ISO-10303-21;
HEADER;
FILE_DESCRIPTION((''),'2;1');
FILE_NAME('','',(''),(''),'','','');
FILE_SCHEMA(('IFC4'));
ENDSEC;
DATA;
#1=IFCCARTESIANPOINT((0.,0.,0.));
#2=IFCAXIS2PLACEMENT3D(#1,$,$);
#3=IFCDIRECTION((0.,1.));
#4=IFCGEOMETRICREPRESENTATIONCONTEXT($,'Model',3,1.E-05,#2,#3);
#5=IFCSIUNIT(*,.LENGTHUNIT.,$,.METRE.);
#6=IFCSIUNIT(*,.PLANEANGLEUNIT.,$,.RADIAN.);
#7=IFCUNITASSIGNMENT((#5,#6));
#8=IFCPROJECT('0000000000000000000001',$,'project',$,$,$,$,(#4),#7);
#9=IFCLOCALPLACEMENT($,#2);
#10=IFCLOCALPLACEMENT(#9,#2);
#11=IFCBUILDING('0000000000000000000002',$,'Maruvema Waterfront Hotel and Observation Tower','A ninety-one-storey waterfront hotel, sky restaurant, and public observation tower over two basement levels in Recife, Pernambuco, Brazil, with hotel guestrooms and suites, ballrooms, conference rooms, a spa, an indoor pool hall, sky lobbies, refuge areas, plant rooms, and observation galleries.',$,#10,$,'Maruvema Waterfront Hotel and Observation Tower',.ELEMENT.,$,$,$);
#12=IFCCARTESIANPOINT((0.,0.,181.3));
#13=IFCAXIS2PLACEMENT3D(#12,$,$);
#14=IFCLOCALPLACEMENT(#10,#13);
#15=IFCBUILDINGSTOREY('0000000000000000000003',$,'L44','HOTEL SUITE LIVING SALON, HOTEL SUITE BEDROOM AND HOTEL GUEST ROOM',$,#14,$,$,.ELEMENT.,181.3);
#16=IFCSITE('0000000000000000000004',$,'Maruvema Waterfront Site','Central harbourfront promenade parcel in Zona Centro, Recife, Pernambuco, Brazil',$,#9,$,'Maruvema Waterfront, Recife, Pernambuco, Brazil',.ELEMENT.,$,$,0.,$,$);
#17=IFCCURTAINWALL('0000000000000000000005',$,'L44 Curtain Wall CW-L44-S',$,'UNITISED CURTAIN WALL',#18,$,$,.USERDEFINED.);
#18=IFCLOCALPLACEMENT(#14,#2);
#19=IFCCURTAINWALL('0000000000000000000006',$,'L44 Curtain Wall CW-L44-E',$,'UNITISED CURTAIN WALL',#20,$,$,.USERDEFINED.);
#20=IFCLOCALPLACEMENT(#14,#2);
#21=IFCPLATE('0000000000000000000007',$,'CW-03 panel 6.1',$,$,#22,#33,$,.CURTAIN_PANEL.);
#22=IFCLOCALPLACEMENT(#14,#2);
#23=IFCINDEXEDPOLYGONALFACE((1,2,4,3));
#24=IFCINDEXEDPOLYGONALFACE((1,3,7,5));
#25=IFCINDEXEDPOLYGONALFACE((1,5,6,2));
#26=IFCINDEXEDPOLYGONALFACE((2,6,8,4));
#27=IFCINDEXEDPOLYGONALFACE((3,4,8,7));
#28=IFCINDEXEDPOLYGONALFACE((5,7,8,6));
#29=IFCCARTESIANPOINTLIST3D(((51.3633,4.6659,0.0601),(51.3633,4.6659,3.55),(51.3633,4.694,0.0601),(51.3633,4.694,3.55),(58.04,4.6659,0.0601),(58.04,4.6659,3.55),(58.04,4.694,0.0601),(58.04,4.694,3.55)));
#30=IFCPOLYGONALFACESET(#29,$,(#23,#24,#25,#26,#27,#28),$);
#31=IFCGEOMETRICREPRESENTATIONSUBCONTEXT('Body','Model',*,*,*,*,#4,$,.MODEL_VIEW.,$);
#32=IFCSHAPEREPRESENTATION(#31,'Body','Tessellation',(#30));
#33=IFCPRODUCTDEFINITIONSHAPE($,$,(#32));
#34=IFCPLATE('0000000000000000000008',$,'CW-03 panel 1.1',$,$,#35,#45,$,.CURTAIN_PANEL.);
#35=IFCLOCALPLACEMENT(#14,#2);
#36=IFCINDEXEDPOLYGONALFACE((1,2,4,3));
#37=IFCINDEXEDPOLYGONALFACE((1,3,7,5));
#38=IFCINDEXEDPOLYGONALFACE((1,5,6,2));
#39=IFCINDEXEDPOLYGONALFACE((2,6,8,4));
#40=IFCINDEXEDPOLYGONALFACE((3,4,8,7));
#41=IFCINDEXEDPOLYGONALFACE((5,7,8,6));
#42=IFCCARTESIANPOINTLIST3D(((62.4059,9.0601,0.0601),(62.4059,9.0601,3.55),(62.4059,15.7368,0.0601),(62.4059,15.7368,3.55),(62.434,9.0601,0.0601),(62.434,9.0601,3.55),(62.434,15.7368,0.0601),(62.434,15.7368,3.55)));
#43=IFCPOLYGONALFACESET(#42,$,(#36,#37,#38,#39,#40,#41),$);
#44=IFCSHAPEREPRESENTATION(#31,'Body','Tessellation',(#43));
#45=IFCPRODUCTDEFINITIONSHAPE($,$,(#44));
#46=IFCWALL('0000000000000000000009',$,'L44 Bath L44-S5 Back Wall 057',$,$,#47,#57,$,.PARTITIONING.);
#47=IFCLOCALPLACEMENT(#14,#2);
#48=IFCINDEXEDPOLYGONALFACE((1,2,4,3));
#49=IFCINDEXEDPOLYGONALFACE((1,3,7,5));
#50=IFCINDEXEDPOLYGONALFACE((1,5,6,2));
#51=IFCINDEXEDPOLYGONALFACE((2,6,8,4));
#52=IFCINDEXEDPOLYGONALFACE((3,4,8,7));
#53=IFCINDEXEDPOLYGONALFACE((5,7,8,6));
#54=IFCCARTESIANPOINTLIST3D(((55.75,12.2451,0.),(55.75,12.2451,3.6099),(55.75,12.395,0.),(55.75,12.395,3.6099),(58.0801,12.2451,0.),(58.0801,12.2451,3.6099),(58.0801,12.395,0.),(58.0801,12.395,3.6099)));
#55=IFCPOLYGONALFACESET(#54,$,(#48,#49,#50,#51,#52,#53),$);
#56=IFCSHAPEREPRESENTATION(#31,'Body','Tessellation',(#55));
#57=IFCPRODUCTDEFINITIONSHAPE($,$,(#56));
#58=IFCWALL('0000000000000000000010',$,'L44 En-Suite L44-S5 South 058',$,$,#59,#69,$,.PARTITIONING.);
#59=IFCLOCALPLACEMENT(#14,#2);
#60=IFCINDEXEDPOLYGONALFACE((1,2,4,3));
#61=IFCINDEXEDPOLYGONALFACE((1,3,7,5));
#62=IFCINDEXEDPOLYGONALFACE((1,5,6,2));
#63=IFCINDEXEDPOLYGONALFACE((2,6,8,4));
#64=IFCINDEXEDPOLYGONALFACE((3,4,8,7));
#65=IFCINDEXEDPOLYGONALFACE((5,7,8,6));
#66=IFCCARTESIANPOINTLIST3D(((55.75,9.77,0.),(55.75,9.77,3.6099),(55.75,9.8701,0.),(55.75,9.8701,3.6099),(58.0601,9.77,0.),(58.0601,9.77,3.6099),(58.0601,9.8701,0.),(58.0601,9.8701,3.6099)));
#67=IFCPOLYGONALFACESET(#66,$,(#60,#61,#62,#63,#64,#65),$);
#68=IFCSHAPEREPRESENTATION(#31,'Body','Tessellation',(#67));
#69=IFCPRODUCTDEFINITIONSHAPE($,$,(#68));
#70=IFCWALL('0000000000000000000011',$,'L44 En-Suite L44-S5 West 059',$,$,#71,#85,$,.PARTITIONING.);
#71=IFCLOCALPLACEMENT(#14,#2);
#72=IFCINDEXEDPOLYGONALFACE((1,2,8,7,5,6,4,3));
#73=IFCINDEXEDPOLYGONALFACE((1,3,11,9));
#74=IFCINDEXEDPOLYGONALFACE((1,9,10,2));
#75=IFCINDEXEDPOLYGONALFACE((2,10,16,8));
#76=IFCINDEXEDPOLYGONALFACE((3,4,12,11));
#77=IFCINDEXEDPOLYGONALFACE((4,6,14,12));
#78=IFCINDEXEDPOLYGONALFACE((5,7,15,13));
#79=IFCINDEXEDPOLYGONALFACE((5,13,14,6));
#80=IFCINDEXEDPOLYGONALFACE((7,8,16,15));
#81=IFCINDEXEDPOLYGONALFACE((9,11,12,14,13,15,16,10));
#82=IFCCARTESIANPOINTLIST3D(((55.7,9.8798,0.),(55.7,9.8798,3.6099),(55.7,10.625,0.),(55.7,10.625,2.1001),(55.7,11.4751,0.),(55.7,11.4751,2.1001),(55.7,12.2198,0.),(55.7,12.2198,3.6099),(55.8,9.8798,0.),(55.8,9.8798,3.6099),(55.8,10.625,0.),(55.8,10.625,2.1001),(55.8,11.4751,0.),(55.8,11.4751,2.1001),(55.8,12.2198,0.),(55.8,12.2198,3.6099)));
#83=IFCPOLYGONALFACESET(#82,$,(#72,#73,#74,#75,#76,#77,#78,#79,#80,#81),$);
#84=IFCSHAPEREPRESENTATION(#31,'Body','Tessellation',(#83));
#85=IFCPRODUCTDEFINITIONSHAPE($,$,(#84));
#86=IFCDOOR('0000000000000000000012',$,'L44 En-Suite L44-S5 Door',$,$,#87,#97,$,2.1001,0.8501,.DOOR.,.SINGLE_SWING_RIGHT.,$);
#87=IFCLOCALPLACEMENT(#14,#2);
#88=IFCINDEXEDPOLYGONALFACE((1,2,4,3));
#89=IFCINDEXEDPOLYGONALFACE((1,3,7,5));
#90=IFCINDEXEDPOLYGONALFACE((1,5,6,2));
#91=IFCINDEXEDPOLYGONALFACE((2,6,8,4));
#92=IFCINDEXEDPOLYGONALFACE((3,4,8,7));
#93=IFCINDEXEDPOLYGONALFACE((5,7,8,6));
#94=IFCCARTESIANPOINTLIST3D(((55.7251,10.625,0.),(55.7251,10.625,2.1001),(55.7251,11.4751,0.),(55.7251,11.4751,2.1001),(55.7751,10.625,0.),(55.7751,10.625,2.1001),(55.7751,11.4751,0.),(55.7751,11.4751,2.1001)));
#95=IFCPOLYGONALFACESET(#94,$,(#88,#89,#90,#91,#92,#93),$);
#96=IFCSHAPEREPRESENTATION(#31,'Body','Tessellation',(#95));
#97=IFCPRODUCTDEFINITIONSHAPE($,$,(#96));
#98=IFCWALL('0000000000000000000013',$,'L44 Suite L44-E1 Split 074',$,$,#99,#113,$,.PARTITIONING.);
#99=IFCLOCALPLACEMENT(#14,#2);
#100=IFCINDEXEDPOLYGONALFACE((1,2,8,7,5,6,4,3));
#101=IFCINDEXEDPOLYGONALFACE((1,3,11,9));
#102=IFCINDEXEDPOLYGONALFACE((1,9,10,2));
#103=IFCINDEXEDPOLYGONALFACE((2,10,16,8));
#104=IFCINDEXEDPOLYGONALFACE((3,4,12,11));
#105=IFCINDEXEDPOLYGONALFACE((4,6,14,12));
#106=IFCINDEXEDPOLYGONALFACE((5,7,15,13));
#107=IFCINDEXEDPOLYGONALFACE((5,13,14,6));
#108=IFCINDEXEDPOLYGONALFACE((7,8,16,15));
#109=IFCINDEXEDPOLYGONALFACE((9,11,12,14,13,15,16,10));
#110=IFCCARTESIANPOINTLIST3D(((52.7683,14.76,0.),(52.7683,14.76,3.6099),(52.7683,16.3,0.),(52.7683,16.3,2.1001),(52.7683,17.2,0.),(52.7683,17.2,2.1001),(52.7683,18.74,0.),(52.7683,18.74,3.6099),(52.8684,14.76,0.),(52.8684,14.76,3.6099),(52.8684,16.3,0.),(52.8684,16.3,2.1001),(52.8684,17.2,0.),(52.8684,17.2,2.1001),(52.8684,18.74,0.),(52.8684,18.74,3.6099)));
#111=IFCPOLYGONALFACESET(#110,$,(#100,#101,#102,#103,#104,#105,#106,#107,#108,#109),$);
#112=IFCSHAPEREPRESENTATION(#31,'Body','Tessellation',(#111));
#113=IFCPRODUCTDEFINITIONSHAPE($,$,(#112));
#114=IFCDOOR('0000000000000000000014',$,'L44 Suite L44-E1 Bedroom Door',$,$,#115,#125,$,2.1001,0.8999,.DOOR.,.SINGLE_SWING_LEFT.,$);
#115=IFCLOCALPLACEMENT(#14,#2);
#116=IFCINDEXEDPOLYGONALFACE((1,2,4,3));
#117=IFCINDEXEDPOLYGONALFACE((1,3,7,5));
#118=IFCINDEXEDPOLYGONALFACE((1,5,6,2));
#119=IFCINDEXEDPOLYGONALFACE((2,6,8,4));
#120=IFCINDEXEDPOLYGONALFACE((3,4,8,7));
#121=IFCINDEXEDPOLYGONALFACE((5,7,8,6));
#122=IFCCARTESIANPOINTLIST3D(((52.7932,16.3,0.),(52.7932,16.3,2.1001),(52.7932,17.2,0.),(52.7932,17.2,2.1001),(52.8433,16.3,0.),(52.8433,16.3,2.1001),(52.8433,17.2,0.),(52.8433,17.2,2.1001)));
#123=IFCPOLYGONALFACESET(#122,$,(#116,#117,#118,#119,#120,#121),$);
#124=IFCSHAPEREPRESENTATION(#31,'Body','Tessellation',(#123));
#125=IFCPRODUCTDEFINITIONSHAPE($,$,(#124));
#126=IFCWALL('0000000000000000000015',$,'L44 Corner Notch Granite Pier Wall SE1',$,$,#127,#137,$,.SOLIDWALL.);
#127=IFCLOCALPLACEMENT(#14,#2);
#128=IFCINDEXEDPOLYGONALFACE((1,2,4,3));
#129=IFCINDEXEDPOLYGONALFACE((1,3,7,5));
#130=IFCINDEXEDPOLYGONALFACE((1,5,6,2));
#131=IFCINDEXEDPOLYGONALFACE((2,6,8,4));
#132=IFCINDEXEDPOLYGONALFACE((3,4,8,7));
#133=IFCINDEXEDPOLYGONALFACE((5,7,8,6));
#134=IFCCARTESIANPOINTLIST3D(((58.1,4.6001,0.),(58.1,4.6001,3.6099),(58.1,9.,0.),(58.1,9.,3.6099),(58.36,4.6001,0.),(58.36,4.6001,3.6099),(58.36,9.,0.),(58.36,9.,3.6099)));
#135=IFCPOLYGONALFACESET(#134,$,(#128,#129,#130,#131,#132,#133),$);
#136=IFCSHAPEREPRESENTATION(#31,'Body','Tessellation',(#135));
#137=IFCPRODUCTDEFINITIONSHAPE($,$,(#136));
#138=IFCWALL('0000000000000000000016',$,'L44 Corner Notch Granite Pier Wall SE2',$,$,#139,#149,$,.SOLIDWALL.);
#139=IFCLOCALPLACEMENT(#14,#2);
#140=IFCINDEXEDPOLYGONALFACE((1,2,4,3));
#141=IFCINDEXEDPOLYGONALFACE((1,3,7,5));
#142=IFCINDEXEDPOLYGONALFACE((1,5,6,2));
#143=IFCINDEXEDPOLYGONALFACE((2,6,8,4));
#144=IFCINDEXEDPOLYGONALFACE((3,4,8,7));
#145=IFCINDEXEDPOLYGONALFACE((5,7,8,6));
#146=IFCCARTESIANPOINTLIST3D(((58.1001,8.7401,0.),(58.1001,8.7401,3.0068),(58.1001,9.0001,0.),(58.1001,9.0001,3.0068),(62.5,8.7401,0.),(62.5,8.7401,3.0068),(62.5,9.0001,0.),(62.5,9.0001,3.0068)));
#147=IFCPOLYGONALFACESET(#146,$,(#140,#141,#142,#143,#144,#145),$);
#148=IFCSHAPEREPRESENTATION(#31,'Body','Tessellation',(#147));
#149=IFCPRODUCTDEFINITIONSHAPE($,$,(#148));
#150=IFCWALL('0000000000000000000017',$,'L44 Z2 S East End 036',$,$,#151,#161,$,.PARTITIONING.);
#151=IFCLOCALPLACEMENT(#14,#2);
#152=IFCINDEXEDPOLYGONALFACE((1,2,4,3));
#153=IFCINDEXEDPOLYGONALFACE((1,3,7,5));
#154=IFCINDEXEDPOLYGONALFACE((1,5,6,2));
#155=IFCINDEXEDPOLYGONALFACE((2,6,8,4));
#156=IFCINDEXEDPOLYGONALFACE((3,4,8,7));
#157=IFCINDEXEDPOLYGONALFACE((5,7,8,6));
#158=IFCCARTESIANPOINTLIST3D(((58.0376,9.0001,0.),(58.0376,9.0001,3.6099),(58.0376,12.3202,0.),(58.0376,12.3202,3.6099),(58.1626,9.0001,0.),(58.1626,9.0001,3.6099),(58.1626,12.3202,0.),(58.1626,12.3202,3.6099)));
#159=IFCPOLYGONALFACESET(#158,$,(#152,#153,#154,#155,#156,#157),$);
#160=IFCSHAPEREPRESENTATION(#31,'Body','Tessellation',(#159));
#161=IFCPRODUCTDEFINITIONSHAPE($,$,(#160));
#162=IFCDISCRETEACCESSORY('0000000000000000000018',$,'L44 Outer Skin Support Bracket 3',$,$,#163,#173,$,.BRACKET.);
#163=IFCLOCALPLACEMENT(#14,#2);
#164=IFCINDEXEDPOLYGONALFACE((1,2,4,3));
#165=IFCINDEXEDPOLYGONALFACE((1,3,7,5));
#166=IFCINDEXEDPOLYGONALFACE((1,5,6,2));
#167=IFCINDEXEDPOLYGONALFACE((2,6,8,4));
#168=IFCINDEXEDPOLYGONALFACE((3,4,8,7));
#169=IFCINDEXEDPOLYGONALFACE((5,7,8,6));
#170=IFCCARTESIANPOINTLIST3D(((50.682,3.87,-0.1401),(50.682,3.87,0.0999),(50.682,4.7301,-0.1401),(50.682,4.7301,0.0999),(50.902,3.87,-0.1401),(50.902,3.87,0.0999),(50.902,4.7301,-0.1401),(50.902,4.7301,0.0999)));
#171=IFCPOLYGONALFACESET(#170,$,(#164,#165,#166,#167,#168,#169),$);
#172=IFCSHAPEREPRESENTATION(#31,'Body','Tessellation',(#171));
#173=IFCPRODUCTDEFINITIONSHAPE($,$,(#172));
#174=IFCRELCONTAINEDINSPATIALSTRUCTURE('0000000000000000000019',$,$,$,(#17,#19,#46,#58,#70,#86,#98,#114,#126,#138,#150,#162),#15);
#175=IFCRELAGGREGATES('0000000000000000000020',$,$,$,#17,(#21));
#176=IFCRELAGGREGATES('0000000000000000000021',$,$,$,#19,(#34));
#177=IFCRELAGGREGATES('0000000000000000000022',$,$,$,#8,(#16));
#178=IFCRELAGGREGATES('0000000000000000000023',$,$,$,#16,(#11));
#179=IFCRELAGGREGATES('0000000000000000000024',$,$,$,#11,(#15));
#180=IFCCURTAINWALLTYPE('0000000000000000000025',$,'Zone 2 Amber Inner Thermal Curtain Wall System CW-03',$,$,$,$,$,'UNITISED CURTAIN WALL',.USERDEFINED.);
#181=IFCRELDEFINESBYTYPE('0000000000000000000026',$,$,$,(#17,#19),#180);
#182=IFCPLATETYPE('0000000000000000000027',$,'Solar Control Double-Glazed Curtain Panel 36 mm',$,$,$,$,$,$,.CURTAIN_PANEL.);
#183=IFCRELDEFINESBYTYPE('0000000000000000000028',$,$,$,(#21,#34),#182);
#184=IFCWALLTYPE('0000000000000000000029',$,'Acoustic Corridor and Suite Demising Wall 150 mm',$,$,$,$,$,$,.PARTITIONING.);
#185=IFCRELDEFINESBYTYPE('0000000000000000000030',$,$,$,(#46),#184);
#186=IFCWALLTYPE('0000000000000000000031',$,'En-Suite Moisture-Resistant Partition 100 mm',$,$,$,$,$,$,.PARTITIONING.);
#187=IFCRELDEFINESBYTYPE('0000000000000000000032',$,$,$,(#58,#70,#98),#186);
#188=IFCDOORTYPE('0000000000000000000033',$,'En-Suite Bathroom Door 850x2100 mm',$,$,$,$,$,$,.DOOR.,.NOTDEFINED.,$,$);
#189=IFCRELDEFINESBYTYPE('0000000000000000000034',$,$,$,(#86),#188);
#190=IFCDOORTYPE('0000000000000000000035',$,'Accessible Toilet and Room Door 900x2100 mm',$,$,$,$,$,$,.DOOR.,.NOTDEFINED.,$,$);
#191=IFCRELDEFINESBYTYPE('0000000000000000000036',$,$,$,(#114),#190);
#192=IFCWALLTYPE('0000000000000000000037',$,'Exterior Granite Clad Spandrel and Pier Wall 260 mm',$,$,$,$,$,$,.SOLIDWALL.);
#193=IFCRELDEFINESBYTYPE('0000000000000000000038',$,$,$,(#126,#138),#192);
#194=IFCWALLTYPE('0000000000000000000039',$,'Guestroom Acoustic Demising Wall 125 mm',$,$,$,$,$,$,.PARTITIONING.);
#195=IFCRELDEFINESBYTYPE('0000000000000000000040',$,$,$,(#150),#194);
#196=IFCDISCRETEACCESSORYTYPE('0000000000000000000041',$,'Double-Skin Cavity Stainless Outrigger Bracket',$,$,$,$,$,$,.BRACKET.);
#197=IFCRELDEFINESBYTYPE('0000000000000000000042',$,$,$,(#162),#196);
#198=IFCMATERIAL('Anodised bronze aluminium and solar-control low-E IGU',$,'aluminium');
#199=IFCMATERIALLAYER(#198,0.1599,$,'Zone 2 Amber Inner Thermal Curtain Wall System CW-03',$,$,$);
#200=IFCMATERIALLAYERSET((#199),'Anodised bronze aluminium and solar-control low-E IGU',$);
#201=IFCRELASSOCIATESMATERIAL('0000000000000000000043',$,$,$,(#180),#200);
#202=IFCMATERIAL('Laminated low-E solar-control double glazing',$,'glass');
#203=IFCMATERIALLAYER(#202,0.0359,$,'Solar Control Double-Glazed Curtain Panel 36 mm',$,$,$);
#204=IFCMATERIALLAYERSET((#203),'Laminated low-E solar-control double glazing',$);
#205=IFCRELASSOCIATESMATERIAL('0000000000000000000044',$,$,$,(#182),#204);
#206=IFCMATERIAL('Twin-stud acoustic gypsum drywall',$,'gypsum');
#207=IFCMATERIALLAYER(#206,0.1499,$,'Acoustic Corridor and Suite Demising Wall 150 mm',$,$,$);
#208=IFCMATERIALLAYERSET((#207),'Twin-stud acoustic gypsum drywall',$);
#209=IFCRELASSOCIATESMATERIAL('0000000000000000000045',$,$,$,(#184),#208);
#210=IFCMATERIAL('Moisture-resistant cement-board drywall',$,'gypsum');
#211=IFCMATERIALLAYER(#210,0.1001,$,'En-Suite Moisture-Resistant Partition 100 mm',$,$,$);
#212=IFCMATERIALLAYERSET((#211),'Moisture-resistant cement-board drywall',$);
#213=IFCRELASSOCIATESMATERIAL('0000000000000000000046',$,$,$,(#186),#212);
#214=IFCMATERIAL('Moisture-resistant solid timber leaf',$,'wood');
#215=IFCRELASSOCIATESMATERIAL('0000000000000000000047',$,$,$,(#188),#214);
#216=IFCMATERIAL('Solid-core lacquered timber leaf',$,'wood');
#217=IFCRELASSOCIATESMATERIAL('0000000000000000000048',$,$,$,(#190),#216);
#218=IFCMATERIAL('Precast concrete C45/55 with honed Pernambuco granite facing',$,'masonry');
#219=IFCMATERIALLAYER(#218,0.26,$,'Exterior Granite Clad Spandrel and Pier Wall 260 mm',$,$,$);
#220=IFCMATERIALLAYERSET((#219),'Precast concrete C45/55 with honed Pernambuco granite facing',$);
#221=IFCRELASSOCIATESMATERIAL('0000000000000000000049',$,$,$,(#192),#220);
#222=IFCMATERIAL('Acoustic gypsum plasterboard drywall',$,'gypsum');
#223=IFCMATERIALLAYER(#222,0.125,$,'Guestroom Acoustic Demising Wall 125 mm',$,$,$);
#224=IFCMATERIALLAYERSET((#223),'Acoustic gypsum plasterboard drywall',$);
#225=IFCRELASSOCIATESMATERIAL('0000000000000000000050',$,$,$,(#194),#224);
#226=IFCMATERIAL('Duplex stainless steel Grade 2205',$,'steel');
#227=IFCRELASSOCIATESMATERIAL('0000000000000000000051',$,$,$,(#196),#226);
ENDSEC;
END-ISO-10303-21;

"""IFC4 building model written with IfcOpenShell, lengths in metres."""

from ifc_helpers import new_model, si_unit, direction, frame, frame_2d, origin, origin_2d, place, context, subcontext, project, spatial, rectangle, extrude, material, layer, layer_set, type_object, element, fill, aggregate, save


model = new_model("IFC4")

# Units and contexts
model_context = context("Model", 3, precision=1e-05, world=origin(), true_north=direction((0.0, 1.0)))
body_context = subcontext(model_context, "Body", "Model", "MODEL_VIEW")
ifc_project = project(units=[si_unit("LENGTHUNIT", "METRE"), si_unit("PLANEANGLEUNIT", "RADIAN")], contexts=[model_context])

# Site, building, storey
site_placement = place(None, origin())
site = spatial("IfcSite", under=ifc_project, at=site_placement, Name="Maruvema Waterfront Site", Description="Central harbourfront promenade parcel in Zona Centro, Recife, Pernambuco, Brazil", LongName="Maruvema Waterfront, Recife, Pernambuco, Brazil", CompositionType="ELEMENT", RefElevation=0.0)
building_placement = place(site_placement, origin())
building = spatial("IfcBuilding", under=site, at=building_placement, Name="Maruvema Waterfront Hotel and Observation Tower", Description="A ninety-one-storey waterfront hotel, sky restaurant, and public observation tower over two basement levels in Recife, Pernambuco, Brazil, with hotel guestrooms and suites, ballrooms, conference rooms, a spa, an indoor pool hall, sky lobbies, refuge areas, plant rooms, and observation galleries.", LongName="Maruvema Waterfront Hotel and Observation Tower", CompositionType="ELEMENT")
storey_placement = place(building_placement, frame((0.0, 0.0, 181.3)))
storey = spatial("IfcBuildingStorey", under=building, at=storey_placement, Name="L44", Description="HOTEL SUITE LIVING SALON, HOTEL SUITE BEDROOM AND HOTEL GUEST ROOM", CompositionType="ELEMENT", Elevation=181.3)

# Curtain walls
ifc_material_1 = material(Name="Anodised bronze aluminium and solar-control low-E IGU", Category="aluminium")
ifc_layer_1 = layer(ifc_material_1, 0.1599, Name="Zone 2 Amber Inner Thermal Curtain Wall System CW-03")
ifc_layer_set_1 = layer_set([ifc_layer_1], Name="Anodised bronze aluminium and solar-control low-E IGU")
curtain_wall_type = type_object("IfcCurtainWallType", Name="Zone 2 Amber Inner Thermal Curtain Wall System CW-03", ElementType="UNITISED CURTAIN WALL", PredefinedType="USERDEFINED", material=ifc_layer_set_1)
curtain_wall_1_placement = place(storey_placement, origin())
curtain_wall_1 = element("IfcCurtainWall", 1, at=curtain_wall_1_placement, inside=storey, type_object=curtain_wall_type, Name="L44 Curtain Wall CW-L44-S", ObjectType="UNITISED CURTAIN WALL", PredefinedType="USERDEFINED")
curtain_wall_2_placement = place(storey_placement, origin())
curtain_wall_2 = element("IfcCurtainWall", 2, at=curtain_wall_2_placement, inside=storey, type_object=curtain_wall_type, Name="L44 Curtain Wall CW-L44-E", ObjectType="UNITISED CURTAIN WALL", PredefinedType="USERDEFINED")

# Plates
ifc_material_2 = material(Name="Laminated low-E solar-control double glazing", Category="glass")
ifc_layer_2 = layer(ifc_material_2, 0.0359, Name="Solar Control Double-Glazed Curtain Panel 36 mm")
ifc_layer_set_2 = layer_set([ifc_layer_2], Name="Laminated low-E solar-control double glazing")
plate_type = type_object("IfcPlateType", Name="Solar Control Double-Glazed Curtain Panel 36 mm", PredefinedType="CURTAIN_PANEL", material=ifc_layer_set_2)
plate_1_placement = place(storey_placement, frame((54.7017, 4.6799, 0.0601), z_axis=(0.0, 0.0, 1.0), x_axis=(1.0, 0.0, 0.0)))
plate_1 = element("IfcPlate", 3, at=plate_1_placement, type_object=plate_type, Name="CW-03 panel 6.1", PredefinedType="CURTAIN_PANEL", context=body_context, shape_type="SweptSolid", body=[
    extrude(rectangle(XDim=6.6768, YDim=0.0281, at=origin_2d()), origin(), (0.0, 0.0, 1.0), 3.49),
])
aggregate(curtain_wall_1, [plate_1])
plate_2_placement = place(storey_placement, frame((62.4199, 12.3984, 0.0601), z_axis=(0.0, 0.0, 1.0), x_axis=(0.0, 1.0, 0.0)))
plate_2 = element("IfcPlate", 4, at=plate_2_placement, type_object=plate_type, Name="CW-03 panel 1.1", PredefinedType="CURTAIN_PANEL", context=body_context, shape_type="SweptSolid", body=[
    extrude(rectangle(XDim=6.6768, YDim=0.0281, at=origin_2d()), origin(), (0.0, 0.0, 1.0), 3.49),
])
aggregate(curtain_wall_2, [plate_2])

# Walls
ifc_material_3 = material(Name="Twin-stud acoustic gypsum drywall", Category="gypsum")
ifc_layer_3 = layer(ifc_material_3, 0.1499, Name="Acoustic Corridor and Suite Demising Wall 150 mm")
ifc_layer_set_3 = layer_set([ifc_layer_3], Name="Twin-stud acoustic gypsum drywall")
wall_type_1 = type_object("IfcWallType", Name="Acoustic Corridor and Suite Demising Wall 150 mm", PredefinedType="PARTITIONING", material=ifc_layer_set_3)
wall_1_placement = place(storey_placement, frame((55.75, 12.3201, 0.0), z_axis=(0.0, 0.0, 1.0), x_axis=(1.0, 0.0, 0.0)))
element("IfcWall", 5, at=wall_1_placement, inside=storey, type_object=wall_type_1, Name="L44 Bath L44-S5 Back Wall 057", PredefinedType="PARTITIONING", context=body_context, shape_type="SweptSolid", body=[
    extrude(rectangle(XDim=2.3301, YDim=0.1499, at=frame_2d((1.165, 0.0))), origin(), (0.0, 0.0, 1.0), 3.6099),
])
ifc_material_4 = material(Name="Moisture-resistant cement-board drywall", Category="gypsum")
ifc_layer_4 = layer(ifc_material_4, 0.1001, Name="En-Suite Moisture-Resistant Partition 100 mm")
ifc_layer_set_4 = layer_set([ifc_layer_4], Name="Moisture-resistant cement-board drywall")
wall_type_2 = type_object("IfcWallType", Name="En-Suite Moisture-Resistant Partition 100 mm", PredefinedType="PARTITIONING", material=ifc_layer_set_4)
wall_2_placement = place(storey_placement, frame((55.75, 9.8201, 0.0), z_axis=(0.0, 0.0, 1.0), x_axis=(1.0, 0.0, 0.0)))
element("IfcWall", 6, at=wall_2_placement, inside=storey, type_object=wall_type_2, Name="L44 En-Suite L44-S5 South 058", PredefinedType="PARTITIONING", context=body_context, shape_type="SweptSolid", body=[
    extrude(rectangle(XDim=2.3101, YDim=0.1001, at=frame_2d((1.155, 0.0))), origin(), (0.0, 0.0, 1.0), 3.6099),
])

# Walls, openings, doors
wall_3_placement = place(storey_placement, frame((55.75, 9.8799, 0.0), z_axis=(0.0, 0.0, 1.0), x_axis=(0.0, 1.0, 0.0)))
wall_3 = element("IfcWall", 7, at=wall_3_placement, inside=storey, type_object=wall_type_2, Name="L44 En-Suite L44-S5 West 059", PredefinedType="PARTITIONING", context=body_context, shape_type="SweptSolid", body=[
    extrude(rectangle(XDim=2.3401, YDim=0.1001, at=frame_2d((1.1699, 0.0))), origin(), (0.0, 0.0, 1.0), 3.6099),
])
opening_1_placement = place(wall_3_placement, frame((0.7451, 0.0, 0.0)))
opening_1 = element("IfcOpeningElement", 8, at=opening_1_placement, cuts=wall_3, PredefinedType="OPENING", context=body_context, shape_type="SweptSolid", body=[
    extrude(rectangle(XDim=0.8501, YDim=2.1001, at=frame_2d((0.425, 1.05))), frame((0.0, 0.0601, 0.0), z_axis=(0.0, -1.0, 0.0), x_axis=(1.0, 0.0, 0.0)), (0.0, 0.0, 1.0), 0.1201),
])
ifc_material_5 = material(Name="Moisture-resistant solid timber leaf", Category="wood")
door_type_1 = type_object("IfcDoorType", Name="En-Suite Bathroom Door 850x2100 mm", OperationType="NOTDEFINED", PredefinedType="DOOR", material=ifc_material_5)
door_1_placement = place(opening_1_placement, origin())
door_1 = element("IfcDoor", 9, at=door_1_placement, inside=storey, type_object=door_type_1, Name="L44 En-Suite L44-S5 Door", OperationType="SINGLE_SWING_RIGHT", OverallHeight=2.1001, OverallWidth=0.8501, PredefinedType="DOOR", context=body_context, shape_type="SweptSolid", body=[
    extrude(rectangle(XDim=0.8501, YDim=2.1001, at=frame_2d((0.425, 1.05))), frame((0.0, 0.0249, 0.0), z_axis=(0.0, -1.0, 0.0), x_axis=(1.0, 0.0, 0.0)), (0.0, 0.0, 1.0), 0.05),
])
fill(opening_1, door_1)
wall_4_placement = place(storey_placement, frame((52.8184, 14.76, 0.0), z_axis=(0.0, 0.0, 1.0), x_axis=(0.0, 1.0, 0.0)))
wall_4 = element("IfcWall", 10, at=wall_4_placement, inside=storey, type_object=wall_type_2, Name="L44 Suite L44-E1 Split 074", PredefinedType="PARTITIONING", context=body_context, shape_type="SweptSolid", body=[
    extrude(rectangle(XDim=3.98, YDim=0.1001, at=frame_2d((1.99, 0.0))), origin(), (0.0, 0.0, 1.0), 3.6099),
])
opening_2_placement = place(wall_4_placement, frame((1.54, 0.0, 0.0)))
opening_2 = element("IfcOpeningElement", 11, at=opening_2_placement, cuts=wall_4, PredefinedType="OPENING", context=body_context, shape_type="SweptSolid", body=[
    extrude(rectangle(XDim=0.8999, YDim=2.1001, at=frame_2d((0.45, 1.05))), frame((0.0, 0.0601, 0.0), z_axis=(0.0, -1.0, 0.0), x_axis=(1.0, 0.0, 0.0)), (0.0, 0.0, 1.0), 0.1201),
])
ifc_material_6 = material(Name="Solid-core lacquered timber leaf", Category="wood")
door_type_2 = type_object("IfcDoorType", Name="Accessible Toilet and Room Door 900x2100 mm", OperationType="NOTDEFINED", PredefinedType="DOOR", material=ifc_material_6)
door_2_placement = place(opening_2_placement, frame((0.8999, 0.0, 0.0), z_axis=(0.0, 0.0, 1.0), x_axis=(-1.0, 0.0, 0.0)))
door_2 = element("IfcDoor", 12, at=door_2_placement, inside=storey, type_object=door_type_2, Name="L44 Suite L44-E1 Bedroom Door", OperationType="SINGLE_SWING_LEFT", OverallHeight=2.1001, OverallWidth=0.8999, PredefinedType="DOOR", context=body_context, shape_type="SweptSolid", body=[
    extrude(rectangle(XDim=0.8999, YDim=2.1001, at=frame_2d((0.45, 1.05))), frame((0.0, 0.0249, 0.0), z_axis=(0.0, -1.0, 0.0), x_axis=(1.0, 0.0, 0.0)), (0.0, 0.0, 1.0), 0.05),
])
fill(opening_2, door_2)

# Walls
ifc_material_7 = material(Name="Precast concrete C45/55 with honed Pernambuco granite facing", Category="masonry")
ifc_layer_5 = layer(ifc_material_7, 0.26, Name="Exterior Granite Clad Spandrel and Pier Wall 260 mm")
ifc_layer_set_5 = layer_set([ifc_layer_5], Name="Precast concrete C45/55 with honed Pernambuco granite facing")
wall_type_3 = type_object("IfcWallType", Name="Exterior Granite Clad Spandrel and Pier Wall 260 mm", PredefinedType="SOLIDWALL", material=ifc_layer_set_5)
wall_5_placement = place(storey_placement, frame((58.23, 9.0, 0.0), z_axis=(0.0, 0.0, 1.0), x_axis=(0.0, -1.0, 0.0)))
element("IfcWall", 13, at=wall_5_placement, inside=storey, type_object=wall_type_3, Name="L44 Corner Notch Granite Pier Wall SE1", PredefinedType="SOLIDWALL", context=body_context, shape_type="SweptSolid", body=[
    extrude(rectangle(XDim=4.3999, YDim=0.26, at=frame_2d((2.2, 0.0))), origin(), (0.0, 0.0, 1.0), 3.6099),
])
wall_6_placement = place(storey_placement, frame((62.5, 8.8701, 0.0), z_axis=(0.0, 0.0, 1.0), x_axis=(-1.0, 0.0, 0.0)))
element("IfcWall", 14, at=wall_6_placement, inside=storey, type_object=wall_type_3, Name="L44 Corner Notch Granite Pier Wall SE2", PredefinedType="SOLIDWALL", context=body_context, shape_type="SweptSolid", body=[
    extrude(rectangle(XDim=4.3999, YDim=0.26, at=frame_2d((2.2, 0.0))), origin(), (0.0, 0.0, 1.0), 3.0068),
])
ifc_material_8 = material(Name="Acoustic gypsum plasterboard drywall", Category="gypsum")
ifc_layer_6 = layer(ifc_material_8, 0.125, Name="Guestroom Acoustic Demising Wall 125 mm")
ifc_layer_set_6 = layer_set([ifc_layer_6], Name="Acoustic gypsum plasterboard drywall")
wall_type_4 = type_object("IfcWallType", Name="Guestroom Acoustic Demising Wall 125 mm", PredefinedType="PARTITIONING", material=ifc_layer_set_6)
wall_7_placement = place(storey_placement, frame((58.1001, 9.0, 0.0), z_axis=(0.0, 0.0, 1.0), x_axis=(0.0, 1.0, 0.0)))
element("IfcWall", 15, at=wall_7_placement, inside=storey, type_object=wall_type_4, Name="L44 Z2 S East End 036", PredefinedType="PARTITIONING", context=body_context, shape_type="SweptSolid", body=[
    extrude(rectangle(XDim=3.3201, YDim=0.125, at=frame_2d((1.6602, 0.0))), origin(), (0.0, 0.0, 1.0), 3.6099),
])

# Discrete accessory
ifc_material_9 = material(Name="Duplex stainless steel Grade 2205", Category="steel")
discrete_accessory_type = type_object("IfcDiscreteAccessoryType", Name="Double-Skin Cavity Stainless Outrigger Bracket", PredefinedType="BRACKET", material=ifc_material_9)
discrete_accessory_placement = place(storey_placement, frame((50.792, 4.3, -0.1401), z_axis=(0.0, 0.0, 1.0), x_axis=(1.0, 0.0, 0.0)))
element("IfcDiscreteAccessory", 16, at=discrete_accessory_placement, inside=storey, type_object=discrete_accessory_type, Name="L44 Outer Skin Support Bracket 3", PredefinedType="BRACKET", context=body_context, shape_type="SweptSolid", body=[
    extrude(rectangle(XDim=0.22, YDim=0.8601, at=origin_2d()), origin(), (0.0, 0.0, 1.0), 0.24),
])

save(model, "model.ifc")
